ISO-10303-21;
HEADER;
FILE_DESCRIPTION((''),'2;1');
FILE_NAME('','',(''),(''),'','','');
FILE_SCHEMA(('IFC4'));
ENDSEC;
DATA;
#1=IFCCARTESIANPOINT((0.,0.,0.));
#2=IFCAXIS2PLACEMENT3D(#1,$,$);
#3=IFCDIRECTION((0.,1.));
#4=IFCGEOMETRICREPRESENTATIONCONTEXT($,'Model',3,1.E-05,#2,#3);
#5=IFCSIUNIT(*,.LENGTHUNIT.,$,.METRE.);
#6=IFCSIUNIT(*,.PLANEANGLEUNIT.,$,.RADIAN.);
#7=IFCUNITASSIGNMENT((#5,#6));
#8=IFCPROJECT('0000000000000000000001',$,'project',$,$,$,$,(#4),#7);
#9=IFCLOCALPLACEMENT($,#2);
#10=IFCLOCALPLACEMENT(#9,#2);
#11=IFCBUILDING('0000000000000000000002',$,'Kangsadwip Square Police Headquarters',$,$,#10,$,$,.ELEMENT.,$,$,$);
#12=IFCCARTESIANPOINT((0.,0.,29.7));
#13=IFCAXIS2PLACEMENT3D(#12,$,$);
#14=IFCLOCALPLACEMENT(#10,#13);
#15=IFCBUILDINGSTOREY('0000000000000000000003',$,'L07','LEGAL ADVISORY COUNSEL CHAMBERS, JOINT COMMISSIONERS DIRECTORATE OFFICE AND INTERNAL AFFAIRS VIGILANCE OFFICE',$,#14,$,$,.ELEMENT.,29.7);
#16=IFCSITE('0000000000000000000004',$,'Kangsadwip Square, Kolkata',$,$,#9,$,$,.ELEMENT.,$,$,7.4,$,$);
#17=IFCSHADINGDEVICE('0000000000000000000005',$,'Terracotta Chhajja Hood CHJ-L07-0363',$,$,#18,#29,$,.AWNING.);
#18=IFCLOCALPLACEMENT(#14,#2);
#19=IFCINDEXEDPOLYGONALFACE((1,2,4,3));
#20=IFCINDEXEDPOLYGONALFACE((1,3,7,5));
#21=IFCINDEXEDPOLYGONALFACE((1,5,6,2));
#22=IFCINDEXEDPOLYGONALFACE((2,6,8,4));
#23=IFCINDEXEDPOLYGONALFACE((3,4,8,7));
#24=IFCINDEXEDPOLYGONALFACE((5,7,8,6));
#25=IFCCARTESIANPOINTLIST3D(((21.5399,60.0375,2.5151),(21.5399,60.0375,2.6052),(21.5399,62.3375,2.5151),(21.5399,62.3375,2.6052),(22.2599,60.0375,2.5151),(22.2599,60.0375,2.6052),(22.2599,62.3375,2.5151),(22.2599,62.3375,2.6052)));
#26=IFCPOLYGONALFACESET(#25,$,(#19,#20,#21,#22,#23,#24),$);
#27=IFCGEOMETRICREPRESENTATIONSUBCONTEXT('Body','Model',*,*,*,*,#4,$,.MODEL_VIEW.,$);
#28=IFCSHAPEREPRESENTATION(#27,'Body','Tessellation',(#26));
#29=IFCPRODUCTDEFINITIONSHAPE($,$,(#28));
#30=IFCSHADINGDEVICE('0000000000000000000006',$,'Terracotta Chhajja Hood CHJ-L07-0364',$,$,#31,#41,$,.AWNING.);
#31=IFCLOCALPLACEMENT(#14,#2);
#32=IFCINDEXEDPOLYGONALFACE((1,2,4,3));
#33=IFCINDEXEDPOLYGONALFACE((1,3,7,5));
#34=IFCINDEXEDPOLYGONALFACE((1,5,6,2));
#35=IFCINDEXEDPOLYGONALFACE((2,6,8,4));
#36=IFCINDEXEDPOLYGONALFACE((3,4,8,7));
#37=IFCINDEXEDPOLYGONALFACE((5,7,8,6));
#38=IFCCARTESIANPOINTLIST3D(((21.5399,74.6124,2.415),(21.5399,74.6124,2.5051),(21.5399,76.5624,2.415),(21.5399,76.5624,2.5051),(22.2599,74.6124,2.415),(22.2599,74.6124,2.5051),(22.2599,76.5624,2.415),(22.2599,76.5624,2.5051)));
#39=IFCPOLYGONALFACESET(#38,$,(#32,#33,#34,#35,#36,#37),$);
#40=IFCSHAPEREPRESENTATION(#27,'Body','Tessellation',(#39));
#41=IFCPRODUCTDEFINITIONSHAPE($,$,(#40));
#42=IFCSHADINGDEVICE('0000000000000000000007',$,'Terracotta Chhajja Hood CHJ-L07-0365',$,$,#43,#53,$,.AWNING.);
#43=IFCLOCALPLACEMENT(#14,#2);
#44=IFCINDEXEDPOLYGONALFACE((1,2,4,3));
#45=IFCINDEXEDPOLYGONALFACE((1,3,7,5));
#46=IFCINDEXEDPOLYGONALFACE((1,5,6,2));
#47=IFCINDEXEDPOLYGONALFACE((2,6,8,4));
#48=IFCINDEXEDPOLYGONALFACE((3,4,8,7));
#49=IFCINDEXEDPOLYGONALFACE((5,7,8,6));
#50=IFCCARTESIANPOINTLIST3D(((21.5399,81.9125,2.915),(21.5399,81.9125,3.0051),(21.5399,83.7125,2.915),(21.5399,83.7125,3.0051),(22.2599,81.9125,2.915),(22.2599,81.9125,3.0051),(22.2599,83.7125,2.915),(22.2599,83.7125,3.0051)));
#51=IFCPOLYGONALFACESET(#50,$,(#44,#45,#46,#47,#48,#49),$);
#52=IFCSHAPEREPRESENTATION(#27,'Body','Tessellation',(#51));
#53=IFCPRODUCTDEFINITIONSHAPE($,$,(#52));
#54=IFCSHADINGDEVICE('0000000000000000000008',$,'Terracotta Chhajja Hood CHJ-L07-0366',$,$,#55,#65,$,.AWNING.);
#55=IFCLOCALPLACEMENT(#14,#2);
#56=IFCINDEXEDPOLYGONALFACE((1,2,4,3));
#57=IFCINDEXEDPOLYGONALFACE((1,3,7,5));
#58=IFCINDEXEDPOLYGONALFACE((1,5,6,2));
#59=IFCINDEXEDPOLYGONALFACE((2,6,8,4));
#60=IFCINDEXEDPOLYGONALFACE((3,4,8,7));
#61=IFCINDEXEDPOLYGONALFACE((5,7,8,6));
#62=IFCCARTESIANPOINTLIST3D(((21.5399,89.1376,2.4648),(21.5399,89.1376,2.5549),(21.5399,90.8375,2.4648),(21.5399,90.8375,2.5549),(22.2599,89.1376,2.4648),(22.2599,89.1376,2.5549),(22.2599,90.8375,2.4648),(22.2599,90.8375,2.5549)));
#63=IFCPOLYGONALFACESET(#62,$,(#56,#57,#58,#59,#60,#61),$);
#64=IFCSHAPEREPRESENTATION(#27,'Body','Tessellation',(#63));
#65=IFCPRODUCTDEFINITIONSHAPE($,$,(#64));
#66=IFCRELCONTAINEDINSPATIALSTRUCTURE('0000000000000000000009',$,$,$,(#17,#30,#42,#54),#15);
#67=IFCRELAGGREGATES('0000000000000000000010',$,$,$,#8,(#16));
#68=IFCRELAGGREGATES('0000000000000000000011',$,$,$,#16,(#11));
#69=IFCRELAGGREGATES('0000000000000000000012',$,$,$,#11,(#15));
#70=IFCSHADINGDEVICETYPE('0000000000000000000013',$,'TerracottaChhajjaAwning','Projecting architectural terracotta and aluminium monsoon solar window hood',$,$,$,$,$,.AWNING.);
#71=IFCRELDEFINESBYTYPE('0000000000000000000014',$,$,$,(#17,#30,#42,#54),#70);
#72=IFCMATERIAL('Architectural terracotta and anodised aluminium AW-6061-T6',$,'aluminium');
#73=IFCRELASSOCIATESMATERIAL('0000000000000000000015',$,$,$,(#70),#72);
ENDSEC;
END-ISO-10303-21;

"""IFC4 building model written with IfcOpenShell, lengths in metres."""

from ifc_helpers import new_model, si_unit, direction, frame, origin, origin_2d, place, context, subcontext, project, spatial, rectangle, extrude, material, type_object, element, save


model = new_model("IFC4")

# Units and contexts
model_context = context("Model", 3, precision=1e-05, world=origin(), true_north=direction((0.0, 1.0)))
body_context = subcontext(model_context, "Body", "Model", "MODEL_VIEW")
ifc_project = project(units=[si_unit("LENGTHUNIT", "METRE"), si_unit("PLANEANGLEUNIT", "RADIAN")], contexts=[model_context])

# Site, building, storey
site_placement = place(None, origin())
site = spatial("IfcSite", under=ifc_project, at=site_placement, Name="Kangsadwip Square, Kolkata", CompositionType="ELEMENT", RefElevation=7.4)
building_placement = place(site_placement, origin())
building = spatial("IfcBuilding", under=site, at=building_placement, Name="Kangsadwip Square Police Headquarters", CompositionType="ELEMENT")
storey_placement = place(building_placement, frame((0.0, 0.0, 29.7)))
storey = spatial("IfcBuildingStorey", under=building, at=storey_placement, Name="L07", Description="LEGAL ADVISORY COUNSEL CHAMBERS, JOINT COMMISSIONERS DIRECTORATE OFFICE AND INTERNAL AFFAIRS VIGILANCE OFFICE", CompositionType="ELEMENT", Elevation=29.7)

# Shading devices
ifc_material_1 = material(Name="Architectural terracotta and anodised aluminium AW-6061-T6", Category="aluminium")
shading_device_type = type_object("IfcShadingDeviceType", Name="TerracottaChhajjaAwning", Description="Projecting architectural terracotta and aluminium monsoon solar window hood", PredefinedType="AWNING", material=ifc_material_1)
shading_device_1_placement = place(storey_placement, frame((21.8999, 61.1875, 2.5151), z_axis=(0.0, 0.0, 1.0), x_axis=(0.0, 1.0, 0.0)))
element("IfcShadingDevice", 1, at=shading_device_1_placement, inside=storey, type_object=shading_device_type, Name="Terracotta Chhajja Hood CHJ-L07-0363", PredefinedType="AWNING", context=body_context, shape_type="SweptSolid", body=[
    extrude(rectangle(XDim=2.3, YDim=0.72, at=origin_2d()), origin(), (0.0, 0.0, 1.0), 0.0901),
])
shading_device_2_placement = place(storey_placement, frame((21.8999, 75.5874, 2.415), z_axis=(0.0, 0.0, 1.0), x_axis=(0.0, 1.0, 0.0)))
element("IfcShadingDevice", 2, at=shading_device_2_placement, inside=storey, type_object=shading_device_type, Name="Terracotta Chhajja Hood CHJ-L07-0364", PredefinedType="AWNING", context=body_context, shape_type="SweptSolid", body=[
    extrude(rectangle(XDim=1.95, YDim=0.72, at=origin_2d()), origin(), (0.0, 0.0, 1.0), 0.0901),
])
shading_device_3_placement = place(storey_placement, frame((21.8999, 82.8125, 2.915), z_axis=(0.0, 0.0, 1.0), x_axis=(0.0, 1.0, 0.0)))
element("IfcShadingDevice", 3, at=shading_device_3_placement, inside=storey, type_object=shading_device_type, Name="Terracotta Chhajja Hood CHJ-L07-0365", PredefinedType="AWNING", context=body_context, shape_type="SweptSolid", body=[
    extrude(rectangle(XDim=1.8, YDim=0.72, at=origin_2d()), origin(), (0.0, 0.0, 1.0), 0.0901),
])
shading_device_4_placement = place(storey_placement, frame((21.8999, 89.9875, 2.4648), z_axis=(0.0, 0.0, 1.0), x_axis=(0.0, 1.0, 0.0)))
element("IfcShadingDevice", 4, at=shading_device_4_placement, inside=storey, type_object=shading_device_type, Name="Terracotta Chhajja Hood CHJ-L07-0366", PredefinedType="AWNING", context=body_context, shape_type="SweptSolid", body=[
    extrude(rectangle(XDim=1.7, YDim=0.72, at=origin_2d()), origin(), (0.0, 0.0, 1.0), 0.0901),
])

save(model, "model.ifc")
